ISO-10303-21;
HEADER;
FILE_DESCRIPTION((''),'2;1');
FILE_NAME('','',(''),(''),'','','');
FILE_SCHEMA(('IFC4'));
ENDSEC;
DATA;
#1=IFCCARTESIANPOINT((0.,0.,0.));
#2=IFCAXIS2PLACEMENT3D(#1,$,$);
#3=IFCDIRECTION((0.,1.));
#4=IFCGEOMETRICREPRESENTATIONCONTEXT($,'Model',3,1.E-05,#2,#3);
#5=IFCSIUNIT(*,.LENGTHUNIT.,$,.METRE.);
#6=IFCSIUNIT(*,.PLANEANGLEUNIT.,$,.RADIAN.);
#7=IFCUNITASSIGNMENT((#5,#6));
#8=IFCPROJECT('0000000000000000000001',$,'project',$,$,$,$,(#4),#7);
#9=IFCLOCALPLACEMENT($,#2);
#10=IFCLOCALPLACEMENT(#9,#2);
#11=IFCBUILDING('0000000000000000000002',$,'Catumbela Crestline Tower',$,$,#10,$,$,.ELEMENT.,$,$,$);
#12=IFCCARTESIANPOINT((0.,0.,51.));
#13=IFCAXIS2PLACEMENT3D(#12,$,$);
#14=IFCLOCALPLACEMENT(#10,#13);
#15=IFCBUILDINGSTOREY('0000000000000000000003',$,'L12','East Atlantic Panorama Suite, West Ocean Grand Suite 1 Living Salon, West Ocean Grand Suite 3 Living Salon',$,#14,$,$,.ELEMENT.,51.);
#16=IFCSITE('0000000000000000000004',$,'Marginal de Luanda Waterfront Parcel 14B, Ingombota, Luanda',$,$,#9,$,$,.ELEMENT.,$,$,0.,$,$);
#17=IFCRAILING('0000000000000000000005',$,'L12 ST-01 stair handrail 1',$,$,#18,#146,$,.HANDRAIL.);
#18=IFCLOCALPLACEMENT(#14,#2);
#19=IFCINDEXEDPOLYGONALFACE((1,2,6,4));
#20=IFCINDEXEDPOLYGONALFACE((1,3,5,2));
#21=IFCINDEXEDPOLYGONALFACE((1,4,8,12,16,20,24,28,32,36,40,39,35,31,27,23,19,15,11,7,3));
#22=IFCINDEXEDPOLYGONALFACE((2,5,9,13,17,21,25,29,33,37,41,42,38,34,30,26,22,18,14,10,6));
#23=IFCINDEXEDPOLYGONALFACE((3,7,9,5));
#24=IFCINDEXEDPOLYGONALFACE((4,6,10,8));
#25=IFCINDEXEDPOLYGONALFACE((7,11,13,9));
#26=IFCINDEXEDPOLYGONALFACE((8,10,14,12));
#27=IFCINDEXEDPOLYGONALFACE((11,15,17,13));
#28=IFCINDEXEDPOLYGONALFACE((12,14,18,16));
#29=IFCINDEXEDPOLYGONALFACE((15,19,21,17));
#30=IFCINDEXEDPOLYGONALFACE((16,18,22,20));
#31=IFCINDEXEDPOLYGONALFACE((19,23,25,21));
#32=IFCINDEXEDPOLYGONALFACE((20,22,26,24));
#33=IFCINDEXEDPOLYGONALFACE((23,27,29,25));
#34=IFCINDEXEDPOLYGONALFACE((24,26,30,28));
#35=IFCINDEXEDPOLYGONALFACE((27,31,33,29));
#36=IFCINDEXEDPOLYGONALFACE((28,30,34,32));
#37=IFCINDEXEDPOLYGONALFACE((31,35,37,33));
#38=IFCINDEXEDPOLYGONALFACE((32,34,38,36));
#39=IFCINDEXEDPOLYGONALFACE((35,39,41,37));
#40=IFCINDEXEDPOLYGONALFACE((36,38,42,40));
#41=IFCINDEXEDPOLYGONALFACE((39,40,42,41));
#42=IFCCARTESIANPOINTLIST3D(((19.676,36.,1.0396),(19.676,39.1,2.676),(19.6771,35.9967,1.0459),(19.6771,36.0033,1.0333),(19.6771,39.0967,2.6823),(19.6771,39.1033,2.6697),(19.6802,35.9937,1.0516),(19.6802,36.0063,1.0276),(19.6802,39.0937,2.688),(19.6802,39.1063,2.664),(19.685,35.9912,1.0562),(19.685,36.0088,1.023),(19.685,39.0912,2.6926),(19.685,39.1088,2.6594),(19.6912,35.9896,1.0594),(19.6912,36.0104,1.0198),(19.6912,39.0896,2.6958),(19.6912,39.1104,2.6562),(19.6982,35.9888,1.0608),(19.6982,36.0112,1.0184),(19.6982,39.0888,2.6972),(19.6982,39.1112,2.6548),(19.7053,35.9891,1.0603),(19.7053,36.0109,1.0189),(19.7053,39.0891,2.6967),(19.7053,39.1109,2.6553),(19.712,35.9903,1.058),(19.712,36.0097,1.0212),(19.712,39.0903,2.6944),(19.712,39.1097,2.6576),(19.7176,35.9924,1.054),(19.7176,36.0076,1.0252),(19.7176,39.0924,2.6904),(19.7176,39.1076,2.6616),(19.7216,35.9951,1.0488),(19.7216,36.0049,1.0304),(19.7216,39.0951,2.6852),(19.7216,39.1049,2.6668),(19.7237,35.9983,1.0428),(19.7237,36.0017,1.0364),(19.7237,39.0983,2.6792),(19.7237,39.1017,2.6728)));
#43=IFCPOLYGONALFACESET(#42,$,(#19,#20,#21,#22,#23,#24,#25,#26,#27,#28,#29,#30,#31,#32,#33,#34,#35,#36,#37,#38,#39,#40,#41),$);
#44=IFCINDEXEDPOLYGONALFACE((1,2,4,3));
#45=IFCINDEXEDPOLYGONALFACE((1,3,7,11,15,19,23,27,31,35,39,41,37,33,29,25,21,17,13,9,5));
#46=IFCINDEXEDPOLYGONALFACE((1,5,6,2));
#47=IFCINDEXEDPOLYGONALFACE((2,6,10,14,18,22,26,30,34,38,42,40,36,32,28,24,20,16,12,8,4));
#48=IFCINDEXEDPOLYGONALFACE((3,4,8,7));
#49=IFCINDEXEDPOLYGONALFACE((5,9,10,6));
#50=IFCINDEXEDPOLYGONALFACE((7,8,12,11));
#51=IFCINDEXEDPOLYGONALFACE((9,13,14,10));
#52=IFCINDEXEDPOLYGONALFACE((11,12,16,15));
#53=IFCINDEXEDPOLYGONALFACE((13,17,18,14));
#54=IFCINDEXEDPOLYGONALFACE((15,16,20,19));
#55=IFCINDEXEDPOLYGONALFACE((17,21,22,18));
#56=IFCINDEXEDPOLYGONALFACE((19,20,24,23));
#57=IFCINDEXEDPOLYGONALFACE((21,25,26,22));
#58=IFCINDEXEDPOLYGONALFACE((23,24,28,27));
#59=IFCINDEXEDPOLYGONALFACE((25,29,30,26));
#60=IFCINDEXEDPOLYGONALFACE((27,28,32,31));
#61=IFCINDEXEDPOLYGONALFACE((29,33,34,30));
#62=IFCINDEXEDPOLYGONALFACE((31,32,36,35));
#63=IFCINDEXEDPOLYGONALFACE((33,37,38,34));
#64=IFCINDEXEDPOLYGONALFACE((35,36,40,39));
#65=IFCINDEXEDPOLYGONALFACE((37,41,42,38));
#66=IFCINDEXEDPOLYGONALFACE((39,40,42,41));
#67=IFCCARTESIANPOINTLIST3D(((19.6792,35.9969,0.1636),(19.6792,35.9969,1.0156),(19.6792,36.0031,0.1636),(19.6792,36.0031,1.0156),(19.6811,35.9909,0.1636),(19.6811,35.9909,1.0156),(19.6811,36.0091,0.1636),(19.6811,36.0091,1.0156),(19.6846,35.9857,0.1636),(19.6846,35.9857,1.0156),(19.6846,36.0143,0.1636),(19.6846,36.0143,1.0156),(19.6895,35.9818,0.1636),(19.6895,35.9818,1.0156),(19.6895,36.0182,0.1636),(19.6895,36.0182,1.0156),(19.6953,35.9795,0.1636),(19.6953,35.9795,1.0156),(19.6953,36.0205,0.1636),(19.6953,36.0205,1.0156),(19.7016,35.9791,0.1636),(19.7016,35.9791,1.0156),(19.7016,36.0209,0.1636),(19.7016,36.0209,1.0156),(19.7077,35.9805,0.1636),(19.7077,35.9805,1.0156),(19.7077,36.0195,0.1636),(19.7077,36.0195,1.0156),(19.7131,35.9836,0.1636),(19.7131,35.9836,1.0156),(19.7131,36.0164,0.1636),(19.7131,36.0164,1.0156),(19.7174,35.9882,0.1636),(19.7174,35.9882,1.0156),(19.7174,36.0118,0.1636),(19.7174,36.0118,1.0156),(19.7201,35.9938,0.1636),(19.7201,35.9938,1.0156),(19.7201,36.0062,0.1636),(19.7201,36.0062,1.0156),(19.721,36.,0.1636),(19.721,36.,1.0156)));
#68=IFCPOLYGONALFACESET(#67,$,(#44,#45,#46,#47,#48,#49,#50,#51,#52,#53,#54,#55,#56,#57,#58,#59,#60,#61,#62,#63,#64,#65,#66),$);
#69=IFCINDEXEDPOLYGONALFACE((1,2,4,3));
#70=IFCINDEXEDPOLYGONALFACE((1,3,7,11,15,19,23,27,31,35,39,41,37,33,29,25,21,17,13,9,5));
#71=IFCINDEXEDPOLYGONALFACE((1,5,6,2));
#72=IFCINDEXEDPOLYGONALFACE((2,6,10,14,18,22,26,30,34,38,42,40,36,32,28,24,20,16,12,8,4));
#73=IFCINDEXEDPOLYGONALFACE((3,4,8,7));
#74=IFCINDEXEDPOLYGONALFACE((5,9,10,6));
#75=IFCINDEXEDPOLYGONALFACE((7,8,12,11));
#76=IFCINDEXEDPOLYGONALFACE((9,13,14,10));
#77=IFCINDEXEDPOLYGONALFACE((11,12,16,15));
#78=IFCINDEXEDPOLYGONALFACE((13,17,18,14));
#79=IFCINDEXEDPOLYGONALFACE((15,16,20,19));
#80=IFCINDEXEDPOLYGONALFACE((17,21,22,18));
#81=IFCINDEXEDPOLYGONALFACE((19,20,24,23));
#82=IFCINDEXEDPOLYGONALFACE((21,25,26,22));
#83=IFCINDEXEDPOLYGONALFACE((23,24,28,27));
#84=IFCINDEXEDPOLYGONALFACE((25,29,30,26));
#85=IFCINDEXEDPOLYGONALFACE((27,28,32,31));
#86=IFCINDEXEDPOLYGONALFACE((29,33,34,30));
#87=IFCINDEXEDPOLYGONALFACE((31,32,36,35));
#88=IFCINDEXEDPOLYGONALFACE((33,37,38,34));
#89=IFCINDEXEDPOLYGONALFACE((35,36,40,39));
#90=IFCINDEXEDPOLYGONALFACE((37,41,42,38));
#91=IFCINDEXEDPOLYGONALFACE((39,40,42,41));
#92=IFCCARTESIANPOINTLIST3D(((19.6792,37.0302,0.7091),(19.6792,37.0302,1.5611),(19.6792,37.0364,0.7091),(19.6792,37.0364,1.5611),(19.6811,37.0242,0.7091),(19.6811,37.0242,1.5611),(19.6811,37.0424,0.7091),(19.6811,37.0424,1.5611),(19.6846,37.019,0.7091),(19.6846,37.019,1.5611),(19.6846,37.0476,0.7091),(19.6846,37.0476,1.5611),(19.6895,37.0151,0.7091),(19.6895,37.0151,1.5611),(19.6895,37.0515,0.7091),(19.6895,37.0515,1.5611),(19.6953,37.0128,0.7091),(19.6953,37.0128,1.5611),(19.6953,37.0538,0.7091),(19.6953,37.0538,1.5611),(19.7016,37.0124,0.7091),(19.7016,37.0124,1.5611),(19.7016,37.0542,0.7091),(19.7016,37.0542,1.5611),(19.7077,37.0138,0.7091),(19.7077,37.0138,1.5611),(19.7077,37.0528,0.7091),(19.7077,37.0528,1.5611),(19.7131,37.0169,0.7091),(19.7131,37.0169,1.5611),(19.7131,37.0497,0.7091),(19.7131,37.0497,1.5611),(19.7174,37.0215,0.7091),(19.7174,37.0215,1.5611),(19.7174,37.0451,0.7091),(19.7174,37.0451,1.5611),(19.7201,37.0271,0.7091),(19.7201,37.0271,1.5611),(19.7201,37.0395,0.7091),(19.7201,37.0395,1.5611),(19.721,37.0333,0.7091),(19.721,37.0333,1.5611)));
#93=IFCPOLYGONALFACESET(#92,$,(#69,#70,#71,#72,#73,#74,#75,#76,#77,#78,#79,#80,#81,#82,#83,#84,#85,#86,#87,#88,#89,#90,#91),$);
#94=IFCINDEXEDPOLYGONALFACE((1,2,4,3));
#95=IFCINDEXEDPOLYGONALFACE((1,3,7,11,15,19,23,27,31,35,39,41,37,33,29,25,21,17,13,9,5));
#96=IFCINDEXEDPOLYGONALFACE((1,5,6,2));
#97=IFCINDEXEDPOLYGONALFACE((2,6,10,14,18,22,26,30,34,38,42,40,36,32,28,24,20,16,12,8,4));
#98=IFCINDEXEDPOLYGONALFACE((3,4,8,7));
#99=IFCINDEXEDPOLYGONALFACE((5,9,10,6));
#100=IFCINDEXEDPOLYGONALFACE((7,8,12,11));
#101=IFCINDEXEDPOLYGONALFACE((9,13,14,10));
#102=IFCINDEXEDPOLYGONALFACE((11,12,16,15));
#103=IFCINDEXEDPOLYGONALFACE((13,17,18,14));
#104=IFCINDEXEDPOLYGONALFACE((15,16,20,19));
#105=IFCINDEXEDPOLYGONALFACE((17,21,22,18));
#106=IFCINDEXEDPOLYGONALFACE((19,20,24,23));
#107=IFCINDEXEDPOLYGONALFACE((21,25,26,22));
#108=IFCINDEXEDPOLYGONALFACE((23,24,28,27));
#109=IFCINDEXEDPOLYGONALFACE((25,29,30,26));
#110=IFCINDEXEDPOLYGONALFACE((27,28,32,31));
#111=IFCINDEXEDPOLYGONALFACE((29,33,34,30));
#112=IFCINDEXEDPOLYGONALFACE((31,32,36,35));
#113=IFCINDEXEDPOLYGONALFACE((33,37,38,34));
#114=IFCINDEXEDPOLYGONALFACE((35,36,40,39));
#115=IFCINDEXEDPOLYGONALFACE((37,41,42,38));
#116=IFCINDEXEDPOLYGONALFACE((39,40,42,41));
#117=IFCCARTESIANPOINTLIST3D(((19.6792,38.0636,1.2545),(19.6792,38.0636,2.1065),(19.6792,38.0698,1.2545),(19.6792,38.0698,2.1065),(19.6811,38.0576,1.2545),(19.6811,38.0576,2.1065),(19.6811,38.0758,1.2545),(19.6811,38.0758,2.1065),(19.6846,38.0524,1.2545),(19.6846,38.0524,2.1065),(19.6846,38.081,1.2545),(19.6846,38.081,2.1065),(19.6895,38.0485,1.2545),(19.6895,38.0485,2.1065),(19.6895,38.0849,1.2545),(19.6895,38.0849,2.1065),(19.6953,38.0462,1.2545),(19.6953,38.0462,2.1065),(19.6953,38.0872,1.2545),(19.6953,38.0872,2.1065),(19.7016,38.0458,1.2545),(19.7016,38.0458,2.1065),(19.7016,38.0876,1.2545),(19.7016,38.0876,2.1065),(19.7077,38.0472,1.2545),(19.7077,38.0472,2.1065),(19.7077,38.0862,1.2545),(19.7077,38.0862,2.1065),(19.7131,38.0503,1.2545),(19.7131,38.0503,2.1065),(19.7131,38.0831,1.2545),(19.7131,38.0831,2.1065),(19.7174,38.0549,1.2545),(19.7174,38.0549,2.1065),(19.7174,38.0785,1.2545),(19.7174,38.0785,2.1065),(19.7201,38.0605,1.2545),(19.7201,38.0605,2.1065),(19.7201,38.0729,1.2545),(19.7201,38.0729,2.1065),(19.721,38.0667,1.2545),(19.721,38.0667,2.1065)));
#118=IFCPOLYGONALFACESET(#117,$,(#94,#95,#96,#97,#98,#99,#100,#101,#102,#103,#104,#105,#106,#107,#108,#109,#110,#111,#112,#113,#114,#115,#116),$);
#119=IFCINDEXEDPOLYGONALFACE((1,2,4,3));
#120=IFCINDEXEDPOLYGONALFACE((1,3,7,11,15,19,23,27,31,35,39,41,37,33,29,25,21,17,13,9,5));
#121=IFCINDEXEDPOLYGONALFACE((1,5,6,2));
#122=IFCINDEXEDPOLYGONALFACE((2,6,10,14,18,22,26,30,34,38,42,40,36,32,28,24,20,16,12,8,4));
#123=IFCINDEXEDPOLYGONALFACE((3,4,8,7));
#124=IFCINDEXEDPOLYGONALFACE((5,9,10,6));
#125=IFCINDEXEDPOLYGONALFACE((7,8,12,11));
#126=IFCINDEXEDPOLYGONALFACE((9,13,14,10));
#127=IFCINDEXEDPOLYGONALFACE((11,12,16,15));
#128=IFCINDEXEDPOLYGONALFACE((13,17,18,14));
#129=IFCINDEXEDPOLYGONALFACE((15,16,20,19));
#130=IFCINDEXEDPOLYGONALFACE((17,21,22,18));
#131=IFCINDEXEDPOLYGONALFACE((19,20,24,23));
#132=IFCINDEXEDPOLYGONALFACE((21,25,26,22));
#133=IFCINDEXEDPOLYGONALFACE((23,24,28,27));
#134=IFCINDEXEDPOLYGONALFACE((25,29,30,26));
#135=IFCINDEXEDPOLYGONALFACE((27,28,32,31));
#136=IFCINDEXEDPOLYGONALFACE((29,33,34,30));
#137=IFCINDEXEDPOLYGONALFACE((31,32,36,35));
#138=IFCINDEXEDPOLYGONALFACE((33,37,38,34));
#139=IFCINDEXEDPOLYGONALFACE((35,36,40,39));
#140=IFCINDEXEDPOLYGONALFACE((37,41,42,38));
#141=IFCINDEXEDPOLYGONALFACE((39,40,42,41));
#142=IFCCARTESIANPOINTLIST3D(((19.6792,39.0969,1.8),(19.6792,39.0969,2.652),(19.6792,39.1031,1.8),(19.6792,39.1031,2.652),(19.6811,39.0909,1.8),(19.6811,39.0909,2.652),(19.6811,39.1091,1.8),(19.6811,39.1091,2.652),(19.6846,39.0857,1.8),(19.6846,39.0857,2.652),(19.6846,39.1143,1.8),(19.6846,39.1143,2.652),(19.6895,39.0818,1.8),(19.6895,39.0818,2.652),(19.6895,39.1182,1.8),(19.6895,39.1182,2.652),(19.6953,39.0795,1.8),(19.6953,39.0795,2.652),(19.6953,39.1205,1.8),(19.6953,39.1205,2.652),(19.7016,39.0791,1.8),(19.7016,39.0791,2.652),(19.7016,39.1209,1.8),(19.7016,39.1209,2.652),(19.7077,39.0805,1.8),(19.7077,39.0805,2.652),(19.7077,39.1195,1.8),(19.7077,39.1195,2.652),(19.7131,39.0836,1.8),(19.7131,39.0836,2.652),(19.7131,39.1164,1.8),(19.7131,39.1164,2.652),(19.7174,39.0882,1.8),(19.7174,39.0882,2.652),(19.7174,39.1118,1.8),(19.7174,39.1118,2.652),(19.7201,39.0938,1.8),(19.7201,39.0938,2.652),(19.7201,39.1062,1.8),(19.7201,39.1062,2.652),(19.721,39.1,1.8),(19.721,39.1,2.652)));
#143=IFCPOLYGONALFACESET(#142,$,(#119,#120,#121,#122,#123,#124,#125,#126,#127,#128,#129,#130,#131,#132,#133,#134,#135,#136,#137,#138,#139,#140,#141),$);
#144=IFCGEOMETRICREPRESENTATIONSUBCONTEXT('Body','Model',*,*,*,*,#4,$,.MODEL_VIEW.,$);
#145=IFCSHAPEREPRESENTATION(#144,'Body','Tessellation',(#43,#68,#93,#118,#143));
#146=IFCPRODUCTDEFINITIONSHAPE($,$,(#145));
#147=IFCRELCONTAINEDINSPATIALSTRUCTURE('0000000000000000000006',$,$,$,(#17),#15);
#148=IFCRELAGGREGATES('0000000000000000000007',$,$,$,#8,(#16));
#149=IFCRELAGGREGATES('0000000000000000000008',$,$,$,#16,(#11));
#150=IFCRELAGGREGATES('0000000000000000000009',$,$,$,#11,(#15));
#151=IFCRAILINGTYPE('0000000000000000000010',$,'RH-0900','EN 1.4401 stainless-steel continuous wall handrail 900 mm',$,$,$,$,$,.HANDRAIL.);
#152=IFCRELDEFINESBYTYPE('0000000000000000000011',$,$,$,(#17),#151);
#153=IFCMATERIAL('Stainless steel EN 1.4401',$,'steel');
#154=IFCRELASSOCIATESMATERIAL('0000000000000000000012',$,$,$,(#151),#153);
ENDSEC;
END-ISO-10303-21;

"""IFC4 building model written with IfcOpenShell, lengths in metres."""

from ifc_helpers import new_model, si_unit, direction, frame, origin, origin_2d, place, context, subcontext, project, spatial, circle, extrude, material, type_object, element, save


model = new_model("IFC4")

# Units and contexts
model_context = context("Model", 3, precision=1e-05, world=origin(), true_north=direction((0.0, 1.0)))
body_context = subcontext(model_context, "Body", "Model", "MODEL_VIEW")
ifc_project = project(units=[si_unit("LENGTHUNIT", "METRE"), si_unit("PLANEANGLEUNIT", "RADIAN")], contexts=[model_context])

# Site, building, storey
site_placement = place(None, origin())
site = spatial("IfcSite", under=ifc_project, at=site_placement, Name="Marginal de Luanda Waterfront Parcel 14B, Ingombota, Luanda", CompositionType="ELEMENT", RefElevation=0.0)
building_placement = place(site_placement, origin())
building = spatial("IfcBuilding", under=site, at=building_placement, Name="Catumbela Crestline Tower", CompositionType="ELEMENT")
storey_placement = place(building_placement, frame((0.0, 0.0, 51.0)))
storey = spatial("IfcBuildingStorey", under=building, at=storey_placement, Name="L12", Description="East Atlantic Panorama Suite, West Ocean Grand Suite 1 Living Salon, West Ocean Grand Suite 3 Living Salon", CompositionType="ELEMENT", Elevation=51.0)

# Railing
ifc_material_1 = material(Name="Stainless steel EN 1.4401", Category="steel")
railing_type_1 = type_object("IfcRailingType", Name="RH-0900", Description="EN 1.4401 stainless-steel continuous wall handrail 900 mm", PredefinedType="HANDRAIL", material=ifc_material_1)
railing_1_placement = place(storey_placement, frame((19.7, 36.0, 0.1636)))
element("IfcRailing", 1, at=railing_1_placement, inside=storey, type_object=railing_type_1, Name="L12 ST-01 stair handrail 1", PredefinedType="HANDRAIL", context=body_context, shape_type="SweptSolid", body=[
    extrude(circle(Radius=0.024, at=origin_2d()), frame((0.0, 0.0, 0.876), z_axis=(0.0, 0.884351, 0.466823), x_axis=(-1.0, 0.0, 0.0)), (0.0, 0.0, 1.0), 3.5054),
    extrude(circle(Radius=0.021, at=origin_2d()), origin(), (0.0, 0.0, 1.0), 0.852),
    extrude(circle(Radius=0.021, at=origin_2d()), frame((0.0, 1.0333, 0.5455)), (0.0, 0.0, 1.0), 0.852),
    extrude(circle(Radius=0.021, at=origin_2d()), frame((0.0, 2.0667, 1.0909)), (0.0, 0.0, 1.0), 0.852),
    extrude(circle(Radius=0.021, at=origin_2d()), frame((0.0, 3.1, 1.6364)), (0.0, 0.0, 1.0), 0.852),
])

save(model, "model.ifc")
